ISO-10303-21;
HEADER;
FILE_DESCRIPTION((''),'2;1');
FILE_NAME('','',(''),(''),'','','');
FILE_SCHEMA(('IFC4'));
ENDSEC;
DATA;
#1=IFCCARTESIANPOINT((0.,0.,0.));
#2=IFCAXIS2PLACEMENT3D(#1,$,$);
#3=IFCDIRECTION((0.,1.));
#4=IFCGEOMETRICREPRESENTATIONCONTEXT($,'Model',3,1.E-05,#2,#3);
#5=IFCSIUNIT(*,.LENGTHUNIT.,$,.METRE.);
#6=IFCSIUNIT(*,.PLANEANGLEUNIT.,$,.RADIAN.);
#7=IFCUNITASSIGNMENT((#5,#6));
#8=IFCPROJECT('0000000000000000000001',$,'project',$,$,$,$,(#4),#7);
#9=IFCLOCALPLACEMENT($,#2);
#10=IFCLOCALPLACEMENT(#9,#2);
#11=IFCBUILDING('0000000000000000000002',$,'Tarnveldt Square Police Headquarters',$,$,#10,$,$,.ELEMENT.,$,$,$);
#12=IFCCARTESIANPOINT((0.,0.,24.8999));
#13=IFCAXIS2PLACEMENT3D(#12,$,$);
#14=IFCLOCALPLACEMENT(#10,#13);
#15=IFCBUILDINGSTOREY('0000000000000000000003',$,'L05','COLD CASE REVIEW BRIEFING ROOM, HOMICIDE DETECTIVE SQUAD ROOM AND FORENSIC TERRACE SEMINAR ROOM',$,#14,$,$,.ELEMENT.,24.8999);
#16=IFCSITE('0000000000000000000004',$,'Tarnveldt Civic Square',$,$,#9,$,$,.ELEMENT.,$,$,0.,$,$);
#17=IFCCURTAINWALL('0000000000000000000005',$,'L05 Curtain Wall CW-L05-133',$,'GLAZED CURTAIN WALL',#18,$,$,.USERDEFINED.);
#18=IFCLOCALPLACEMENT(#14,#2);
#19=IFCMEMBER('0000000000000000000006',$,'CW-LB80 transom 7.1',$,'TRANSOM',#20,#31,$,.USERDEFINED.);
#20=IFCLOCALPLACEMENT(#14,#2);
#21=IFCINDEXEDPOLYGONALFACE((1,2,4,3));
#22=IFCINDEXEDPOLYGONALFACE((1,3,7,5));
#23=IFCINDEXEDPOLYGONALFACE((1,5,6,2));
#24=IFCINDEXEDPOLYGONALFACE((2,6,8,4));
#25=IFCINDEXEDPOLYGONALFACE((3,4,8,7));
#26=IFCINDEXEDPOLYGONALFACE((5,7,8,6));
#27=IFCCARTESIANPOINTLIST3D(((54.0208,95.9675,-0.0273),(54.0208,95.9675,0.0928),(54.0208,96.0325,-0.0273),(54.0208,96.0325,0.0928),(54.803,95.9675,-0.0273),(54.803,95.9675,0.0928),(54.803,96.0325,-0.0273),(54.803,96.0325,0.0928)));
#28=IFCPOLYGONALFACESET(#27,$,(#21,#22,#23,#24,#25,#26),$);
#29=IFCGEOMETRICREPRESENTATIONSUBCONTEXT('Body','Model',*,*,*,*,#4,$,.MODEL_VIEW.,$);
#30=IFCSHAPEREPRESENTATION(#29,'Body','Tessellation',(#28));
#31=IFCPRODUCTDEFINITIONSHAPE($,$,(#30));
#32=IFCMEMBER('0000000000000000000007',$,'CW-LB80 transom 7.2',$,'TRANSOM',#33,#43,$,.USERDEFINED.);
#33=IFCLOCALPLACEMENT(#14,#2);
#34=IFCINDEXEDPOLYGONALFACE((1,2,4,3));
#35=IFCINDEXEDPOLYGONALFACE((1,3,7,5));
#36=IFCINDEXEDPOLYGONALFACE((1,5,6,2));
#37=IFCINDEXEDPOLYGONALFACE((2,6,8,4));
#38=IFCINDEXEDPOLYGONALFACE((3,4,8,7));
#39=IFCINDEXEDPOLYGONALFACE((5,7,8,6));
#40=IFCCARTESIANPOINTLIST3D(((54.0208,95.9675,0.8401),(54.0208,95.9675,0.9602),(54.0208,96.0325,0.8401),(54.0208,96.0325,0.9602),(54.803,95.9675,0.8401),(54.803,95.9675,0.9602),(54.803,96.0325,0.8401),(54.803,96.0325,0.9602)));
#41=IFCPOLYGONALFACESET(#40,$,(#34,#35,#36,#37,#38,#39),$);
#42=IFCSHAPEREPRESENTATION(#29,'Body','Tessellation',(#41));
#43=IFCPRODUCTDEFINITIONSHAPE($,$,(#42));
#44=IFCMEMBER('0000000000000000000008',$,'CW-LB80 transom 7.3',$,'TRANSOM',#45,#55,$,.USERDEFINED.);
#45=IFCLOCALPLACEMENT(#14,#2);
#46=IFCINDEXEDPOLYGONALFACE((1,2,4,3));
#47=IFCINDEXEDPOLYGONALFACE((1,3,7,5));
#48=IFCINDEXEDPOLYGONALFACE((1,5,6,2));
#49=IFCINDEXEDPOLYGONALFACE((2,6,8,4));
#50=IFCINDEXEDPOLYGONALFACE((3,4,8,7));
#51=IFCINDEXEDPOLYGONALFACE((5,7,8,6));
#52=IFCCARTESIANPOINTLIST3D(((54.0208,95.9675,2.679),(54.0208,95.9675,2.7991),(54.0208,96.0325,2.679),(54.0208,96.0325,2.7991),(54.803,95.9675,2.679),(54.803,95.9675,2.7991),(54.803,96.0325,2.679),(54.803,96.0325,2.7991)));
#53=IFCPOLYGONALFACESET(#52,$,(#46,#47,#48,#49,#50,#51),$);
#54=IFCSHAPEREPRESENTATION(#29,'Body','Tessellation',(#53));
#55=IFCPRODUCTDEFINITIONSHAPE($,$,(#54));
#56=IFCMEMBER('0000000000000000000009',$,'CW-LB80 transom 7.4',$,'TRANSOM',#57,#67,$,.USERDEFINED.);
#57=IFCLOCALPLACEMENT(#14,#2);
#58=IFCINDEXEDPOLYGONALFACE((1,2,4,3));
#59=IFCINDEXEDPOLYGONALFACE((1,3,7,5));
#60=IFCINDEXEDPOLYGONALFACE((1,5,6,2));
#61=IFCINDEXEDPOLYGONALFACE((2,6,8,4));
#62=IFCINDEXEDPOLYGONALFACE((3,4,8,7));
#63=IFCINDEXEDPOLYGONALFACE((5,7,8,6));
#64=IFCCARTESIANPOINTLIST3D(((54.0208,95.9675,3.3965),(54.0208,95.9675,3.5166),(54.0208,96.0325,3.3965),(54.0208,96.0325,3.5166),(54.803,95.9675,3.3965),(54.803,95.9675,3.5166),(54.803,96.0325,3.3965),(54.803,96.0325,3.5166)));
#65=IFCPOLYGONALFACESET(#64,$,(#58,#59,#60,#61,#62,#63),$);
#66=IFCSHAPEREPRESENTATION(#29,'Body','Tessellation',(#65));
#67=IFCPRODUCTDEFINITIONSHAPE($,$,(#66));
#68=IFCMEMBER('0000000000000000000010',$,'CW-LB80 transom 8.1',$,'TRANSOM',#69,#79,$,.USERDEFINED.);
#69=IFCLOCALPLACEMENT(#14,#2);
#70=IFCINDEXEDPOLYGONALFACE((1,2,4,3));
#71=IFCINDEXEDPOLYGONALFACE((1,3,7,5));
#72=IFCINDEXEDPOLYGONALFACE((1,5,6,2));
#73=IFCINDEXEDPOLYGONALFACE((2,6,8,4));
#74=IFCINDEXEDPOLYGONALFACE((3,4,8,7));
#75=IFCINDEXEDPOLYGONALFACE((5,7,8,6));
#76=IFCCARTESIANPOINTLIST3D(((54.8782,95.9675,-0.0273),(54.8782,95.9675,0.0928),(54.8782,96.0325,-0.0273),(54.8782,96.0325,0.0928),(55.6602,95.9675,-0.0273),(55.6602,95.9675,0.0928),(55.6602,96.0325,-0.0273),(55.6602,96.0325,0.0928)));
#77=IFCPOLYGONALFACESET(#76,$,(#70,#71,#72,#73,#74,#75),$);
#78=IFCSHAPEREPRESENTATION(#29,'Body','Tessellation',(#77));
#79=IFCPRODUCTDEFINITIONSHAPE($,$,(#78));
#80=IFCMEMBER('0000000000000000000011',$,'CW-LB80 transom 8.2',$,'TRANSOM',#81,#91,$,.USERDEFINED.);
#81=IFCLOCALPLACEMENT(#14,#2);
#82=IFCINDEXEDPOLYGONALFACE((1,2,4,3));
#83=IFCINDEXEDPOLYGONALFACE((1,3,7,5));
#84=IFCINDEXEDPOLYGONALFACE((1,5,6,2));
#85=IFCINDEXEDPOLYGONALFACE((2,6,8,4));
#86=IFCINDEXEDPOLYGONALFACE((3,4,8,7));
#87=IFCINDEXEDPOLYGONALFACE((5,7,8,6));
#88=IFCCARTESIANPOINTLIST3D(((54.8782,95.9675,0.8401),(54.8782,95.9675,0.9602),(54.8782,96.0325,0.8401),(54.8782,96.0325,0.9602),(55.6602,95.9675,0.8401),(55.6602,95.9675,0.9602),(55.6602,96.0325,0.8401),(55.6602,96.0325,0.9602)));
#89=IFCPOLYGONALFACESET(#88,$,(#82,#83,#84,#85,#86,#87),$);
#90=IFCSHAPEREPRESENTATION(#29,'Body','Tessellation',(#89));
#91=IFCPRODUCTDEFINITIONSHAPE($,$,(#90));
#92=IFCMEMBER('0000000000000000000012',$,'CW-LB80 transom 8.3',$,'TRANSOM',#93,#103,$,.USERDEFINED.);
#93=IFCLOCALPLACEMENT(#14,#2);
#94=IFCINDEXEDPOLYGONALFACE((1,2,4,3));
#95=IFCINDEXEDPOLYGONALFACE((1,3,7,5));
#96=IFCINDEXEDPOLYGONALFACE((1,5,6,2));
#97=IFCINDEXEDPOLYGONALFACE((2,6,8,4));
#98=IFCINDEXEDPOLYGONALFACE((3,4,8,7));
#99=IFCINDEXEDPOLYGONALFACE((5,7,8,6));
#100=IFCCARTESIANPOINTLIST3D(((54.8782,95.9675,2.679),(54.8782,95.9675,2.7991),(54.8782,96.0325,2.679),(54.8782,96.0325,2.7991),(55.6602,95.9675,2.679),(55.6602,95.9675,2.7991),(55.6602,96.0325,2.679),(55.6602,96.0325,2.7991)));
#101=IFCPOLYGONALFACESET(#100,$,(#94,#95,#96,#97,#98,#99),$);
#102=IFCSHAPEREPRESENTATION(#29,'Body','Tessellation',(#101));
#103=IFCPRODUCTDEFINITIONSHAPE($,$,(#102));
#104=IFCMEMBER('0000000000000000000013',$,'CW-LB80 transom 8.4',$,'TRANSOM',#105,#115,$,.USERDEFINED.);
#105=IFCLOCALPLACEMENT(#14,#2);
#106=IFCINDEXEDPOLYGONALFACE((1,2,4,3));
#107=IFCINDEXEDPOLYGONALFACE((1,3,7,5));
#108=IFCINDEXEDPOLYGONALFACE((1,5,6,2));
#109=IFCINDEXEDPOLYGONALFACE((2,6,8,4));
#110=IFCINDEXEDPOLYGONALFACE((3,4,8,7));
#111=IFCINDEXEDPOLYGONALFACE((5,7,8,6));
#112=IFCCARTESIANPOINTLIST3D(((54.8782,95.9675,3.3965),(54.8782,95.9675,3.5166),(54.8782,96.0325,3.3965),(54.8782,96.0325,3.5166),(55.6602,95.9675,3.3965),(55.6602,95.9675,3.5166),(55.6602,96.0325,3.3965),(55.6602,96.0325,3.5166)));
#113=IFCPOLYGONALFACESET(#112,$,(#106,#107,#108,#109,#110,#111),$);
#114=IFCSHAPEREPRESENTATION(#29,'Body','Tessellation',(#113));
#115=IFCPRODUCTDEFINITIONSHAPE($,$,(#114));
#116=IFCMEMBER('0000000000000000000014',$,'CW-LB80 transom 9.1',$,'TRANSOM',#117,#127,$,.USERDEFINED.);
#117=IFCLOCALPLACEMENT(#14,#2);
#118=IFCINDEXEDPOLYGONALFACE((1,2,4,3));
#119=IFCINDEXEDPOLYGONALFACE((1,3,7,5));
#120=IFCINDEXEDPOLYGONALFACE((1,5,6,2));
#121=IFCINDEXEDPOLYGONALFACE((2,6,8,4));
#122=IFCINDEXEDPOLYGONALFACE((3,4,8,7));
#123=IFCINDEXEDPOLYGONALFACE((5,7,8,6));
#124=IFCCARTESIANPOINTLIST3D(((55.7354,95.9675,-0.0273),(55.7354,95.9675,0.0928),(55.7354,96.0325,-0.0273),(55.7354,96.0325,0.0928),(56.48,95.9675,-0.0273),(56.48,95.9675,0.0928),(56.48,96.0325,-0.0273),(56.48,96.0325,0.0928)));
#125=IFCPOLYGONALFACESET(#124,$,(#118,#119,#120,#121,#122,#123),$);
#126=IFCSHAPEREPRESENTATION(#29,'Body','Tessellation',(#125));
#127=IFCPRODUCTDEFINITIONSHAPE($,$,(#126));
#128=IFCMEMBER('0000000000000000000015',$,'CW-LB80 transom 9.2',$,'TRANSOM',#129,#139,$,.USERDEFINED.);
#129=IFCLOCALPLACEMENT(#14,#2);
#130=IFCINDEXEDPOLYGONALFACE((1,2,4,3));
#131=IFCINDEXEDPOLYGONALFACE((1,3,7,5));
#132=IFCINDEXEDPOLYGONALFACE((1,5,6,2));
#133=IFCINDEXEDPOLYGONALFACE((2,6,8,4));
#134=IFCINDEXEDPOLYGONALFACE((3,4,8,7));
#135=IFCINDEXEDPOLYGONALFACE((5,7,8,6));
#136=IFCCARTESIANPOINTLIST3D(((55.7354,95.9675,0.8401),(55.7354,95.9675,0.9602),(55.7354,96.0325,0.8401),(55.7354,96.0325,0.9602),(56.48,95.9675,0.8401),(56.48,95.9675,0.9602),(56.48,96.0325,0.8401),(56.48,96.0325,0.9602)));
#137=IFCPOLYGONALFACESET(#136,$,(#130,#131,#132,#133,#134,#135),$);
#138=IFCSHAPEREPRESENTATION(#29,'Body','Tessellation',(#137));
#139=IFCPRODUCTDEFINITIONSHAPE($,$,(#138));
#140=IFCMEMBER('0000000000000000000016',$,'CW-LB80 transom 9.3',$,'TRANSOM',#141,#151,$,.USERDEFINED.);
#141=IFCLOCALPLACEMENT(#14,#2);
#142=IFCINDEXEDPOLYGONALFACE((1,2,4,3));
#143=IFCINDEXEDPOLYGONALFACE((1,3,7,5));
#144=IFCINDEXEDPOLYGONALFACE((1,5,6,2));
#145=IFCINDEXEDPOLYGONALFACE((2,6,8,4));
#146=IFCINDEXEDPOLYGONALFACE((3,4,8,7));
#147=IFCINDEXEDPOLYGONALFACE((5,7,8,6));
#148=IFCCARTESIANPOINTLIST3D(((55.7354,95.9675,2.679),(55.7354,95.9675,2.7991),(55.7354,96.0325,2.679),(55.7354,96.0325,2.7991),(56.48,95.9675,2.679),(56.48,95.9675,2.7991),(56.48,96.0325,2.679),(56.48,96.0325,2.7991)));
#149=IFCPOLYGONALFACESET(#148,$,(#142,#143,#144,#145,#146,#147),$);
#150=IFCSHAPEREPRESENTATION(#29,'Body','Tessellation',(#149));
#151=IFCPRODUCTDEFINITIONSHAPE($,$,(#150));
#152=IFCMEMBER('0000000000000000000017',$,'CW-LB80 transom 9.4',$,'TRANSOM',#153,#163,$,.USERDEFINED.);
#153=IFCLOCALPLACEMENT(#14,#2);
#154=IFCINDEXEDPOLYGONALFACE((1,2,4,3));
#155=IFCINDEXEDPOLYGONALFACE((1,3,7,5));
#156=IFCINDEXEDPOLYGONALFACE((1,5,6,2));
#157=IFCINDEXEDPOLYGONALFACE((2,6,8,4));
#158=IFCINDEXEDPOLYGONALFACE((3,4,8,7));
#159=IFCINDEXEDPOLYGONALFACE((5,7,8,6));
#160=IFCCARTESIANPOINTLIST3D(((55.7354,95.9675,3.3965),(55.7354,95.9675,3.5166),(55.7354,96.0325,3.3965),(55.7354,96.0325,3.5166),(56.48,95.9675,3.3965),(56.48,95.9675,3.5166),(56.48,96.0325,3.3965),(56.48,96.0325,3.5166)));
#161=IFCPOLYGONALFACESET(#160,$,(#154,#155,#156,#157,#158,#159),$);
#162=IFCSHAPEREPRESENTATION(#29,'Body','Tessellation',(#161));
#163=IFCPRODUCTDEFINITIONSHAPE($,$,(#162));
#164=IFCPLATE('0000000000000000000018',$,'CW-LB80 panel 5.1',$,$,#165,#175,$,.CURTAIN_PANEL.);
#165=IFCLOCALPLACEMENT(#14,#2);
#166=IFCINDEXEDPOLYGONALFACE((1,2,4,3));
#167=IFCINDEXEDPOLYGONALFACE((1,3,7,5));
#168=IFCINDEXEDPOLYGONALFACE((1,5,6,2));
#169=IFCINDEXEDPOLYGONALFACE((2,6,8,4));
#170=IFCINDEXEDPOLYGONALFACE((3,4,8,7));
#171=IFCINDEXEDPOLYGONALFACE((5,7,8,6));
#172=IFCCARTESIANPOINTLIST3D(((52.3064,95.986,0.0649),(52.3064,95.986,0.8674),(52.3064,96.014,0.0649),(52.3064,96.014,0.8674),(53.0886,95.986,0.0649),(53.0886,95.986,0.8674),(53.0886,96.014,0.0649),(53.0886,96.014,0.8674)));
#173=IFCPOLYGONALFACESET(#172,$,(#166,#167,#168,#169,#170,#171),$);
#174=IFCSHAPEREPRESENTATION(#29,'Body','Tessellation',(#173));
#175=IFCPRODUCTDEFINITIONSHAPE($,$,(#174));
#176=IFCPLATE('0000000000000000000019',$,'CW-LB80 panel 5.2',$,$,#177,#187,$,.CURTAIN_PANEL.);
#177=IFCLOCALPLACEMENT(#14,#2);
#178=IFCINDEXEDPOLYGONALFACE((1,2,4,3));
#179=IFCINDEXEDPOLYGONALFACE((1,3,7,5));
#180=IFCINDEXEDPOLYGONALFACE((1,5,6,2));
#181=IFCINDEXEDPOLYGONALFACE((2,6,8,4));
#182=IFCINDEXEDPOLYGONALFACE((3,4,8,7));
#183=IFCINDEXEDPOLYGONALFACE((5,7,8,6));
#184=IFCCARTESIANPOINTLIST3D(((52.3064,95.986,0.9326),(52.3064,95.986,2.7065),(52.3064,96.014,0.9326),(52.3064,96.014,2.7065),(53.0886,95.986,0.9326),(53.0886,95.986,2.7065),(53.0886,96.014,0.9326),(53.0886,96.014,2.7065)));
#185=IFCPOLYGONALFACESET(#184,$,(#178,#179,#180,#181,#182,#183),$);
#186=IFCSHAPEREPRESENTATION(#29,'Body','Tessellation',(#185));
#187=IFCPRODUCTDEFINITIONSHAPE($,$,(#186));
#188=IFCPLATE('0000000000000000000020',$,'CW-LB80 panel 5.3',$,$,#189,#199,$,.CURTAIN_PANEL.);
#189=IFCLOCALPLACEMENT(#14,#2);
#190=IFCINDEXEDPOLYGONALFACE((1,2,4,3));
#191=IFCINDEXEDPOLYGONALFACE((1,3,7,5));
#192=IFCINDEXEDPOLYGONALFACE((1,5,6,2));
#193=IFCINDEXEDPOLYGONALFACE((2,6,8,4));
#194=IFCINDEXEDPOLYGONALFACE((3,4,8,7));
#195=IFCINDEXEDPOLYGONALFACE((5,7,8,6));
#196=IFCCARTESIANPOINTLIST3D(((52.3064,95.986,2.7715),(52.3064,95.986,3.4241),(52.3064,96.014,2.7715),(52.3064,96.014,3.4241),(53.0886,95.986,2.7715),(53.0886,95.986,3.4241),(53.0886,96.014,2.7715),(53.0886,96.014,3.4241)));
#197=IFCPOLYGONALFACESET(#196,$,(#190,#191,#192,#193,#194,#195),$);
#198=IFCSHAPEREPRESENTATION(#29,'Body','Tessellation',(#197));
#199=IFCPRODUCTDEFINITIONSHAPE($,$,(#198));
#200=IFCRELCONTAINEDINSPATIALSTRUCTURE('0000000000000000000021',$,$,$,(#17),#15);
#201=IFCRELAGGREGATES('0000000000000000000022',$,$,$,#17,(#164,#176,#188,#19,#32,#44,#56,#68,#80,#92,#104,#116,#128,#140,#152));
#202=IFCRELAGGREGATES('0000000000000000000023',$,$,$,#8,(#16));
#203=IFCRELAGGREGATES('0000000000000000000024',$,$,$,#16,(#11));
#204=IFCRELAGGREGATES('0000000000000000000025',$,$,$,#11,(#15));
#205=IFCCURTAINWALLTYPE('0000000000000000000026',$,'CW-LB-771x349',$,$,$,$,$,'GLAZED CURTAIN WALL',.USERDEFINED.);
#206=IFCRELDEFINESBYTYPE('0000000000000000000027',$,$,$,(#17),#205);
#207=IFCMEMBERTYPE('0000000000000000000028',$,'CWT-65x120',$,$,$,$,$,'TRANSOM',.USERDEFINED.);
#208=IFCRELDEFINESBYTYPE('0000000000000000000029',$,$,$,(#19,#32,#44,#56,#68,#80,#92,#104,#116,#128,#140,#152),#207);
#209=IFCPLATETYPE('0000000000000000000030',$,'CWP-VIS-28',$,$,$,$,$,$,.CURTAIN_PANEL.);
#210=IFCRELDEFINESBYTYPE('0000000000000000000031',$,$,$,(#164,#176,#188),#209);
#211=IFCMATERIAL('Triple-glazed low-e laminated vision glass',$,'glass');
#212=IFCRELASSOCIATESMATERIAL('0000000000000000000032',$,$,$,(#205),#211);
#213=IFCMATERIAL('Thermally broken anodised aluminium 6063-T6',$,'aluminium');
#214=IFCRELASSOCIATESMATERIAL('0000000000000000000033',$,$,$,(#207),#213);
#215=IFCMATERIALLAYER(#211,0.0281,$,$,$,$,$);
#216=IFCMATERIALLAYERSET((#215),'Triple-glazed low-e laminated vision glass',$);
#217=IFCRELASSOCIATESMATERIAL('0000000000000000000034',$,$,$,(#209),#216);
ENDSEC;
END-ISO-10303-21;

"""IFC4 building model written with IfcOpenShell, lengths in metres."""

from ifc_helpers import new_model, si_unit, direction, frame, origin, origin_2d, place, context, subcontext, project, spatial, rectangle, extrude, material, layer, layer_set, material_profile, profile_set, type_object, element, aggregate, save


model = new_model("IFC4")

# Units and contexts
model_context = context("Model", 3, precision=1e-05, world=origin(), true_north=direction((0.0, 1.0)))
body_context = subcontext(model_context, "Body", "Model", "MODEL_VIEW")
ifc_project = project(units=[si_unit("LENGTHUNIT", "METRE"), si_unit("PLANEANGLEUNIT", "RADIAN")], contexts=[model_context])

# Site, building, storey
site_placement = place(None, origin())
site = spatial("IfcSite", under=ifc_project, at=site_placement, Name="Tarnveldt Civic Square", CompositionType="ELEMENT", RefElevation=0.0)
building_placement = place(site_placement, origin())
building = spatial("IfcBuilding", under=site, at=building_placement, Name="Tarnveldt Square Police Headquarters", CompositionType="ELEMENT")
storey_placement = place(building_placement, frame((0.0, 0.0, 24.8999)))
storey = spatial("IfcBuildingStorey", under=building, at=storey_placement, Name="L05", Description="COLD CASE REVIEW BRIEFING ROOM, HOMICIDE DETECTIVE SQUAD ROOM AND FORENSIC TERRACE SEMINAR ROOM", CompositionType="ELEMENT", Elevation=24.8999)

# Curtain wall, members, plates
ifc_material_1 = material(Name="Triple-glazed low-e laminated vision glass", Category="glass")
curtain_wall_type = type_object("IfcCurtainWallType", Name="CW-LB-771x349", ElementType="GLAZED CURTAIN WALL", PredefinedType="USERDEFINED", material=ifc_material_1)
curtain_wall_placement = place(storey_placement, origin())
curtain_wall = element("IfcCurtainWall", 1, at=curtain_wall_placement, inside=storey, type_object=curtain_wall_type, Name="L05 Curtain Wall CW-L05-133", ObjectType="GLAZED CURTAIN WALL", PredefinedType="USERDEFINED")
ifc_material_2 = material(Name="Thermally broken anodised aluminium 6063-T6", Category="aluminium")
ifc_material_profile_1 = material_profile(ifc_material_2, rectangle(XDim=0.0649, YDim=0.1201, at=origin_2d()), Name="CW-T65x120")
ifc_profile_set_1 = profile_set([ifc_material_profile_1], Name="Thermally broken anodised aluminium 6063-T6")
member_type_1 = type_object("IfcMemberType", Name="CWT-65x120", ElementType="TRANSOM", PredefinedType="USERDEFINED", material=ifc_profile_set_1)
member_1_placement = place(storey_placement, frame((54.0208, 96.0, 0.0327), z_axis=(1.0, 0.0, 0.0), x_axis=(0.0, 1.0, 0.0)))
member_1 = element("IfcMember", 2, at=member_1_placement, type_object=member_type_1, Name="CW-LB80 transom 7.1", ObjectType="TRANSOM", PredefinedType="USERDEFINED", context=body_context, shape_type="SweptSolid", body=[
    extrude(rectangle(XDim=0.0649, YDim=0.1201, at=origin_2d()), origin(), (0.0, 0.0, 1.0), 0.7822),
])
member_2_placement = place(storey_placement, frame((54.0208, 96.0, 0.9001), z_axis=(1.0, 0.0, 0.0), x_axis=(0.0, 1.0, 0.0)))
member_2 = element("IfcMember", 3, at=member_2_placement, type_object=member_type_1, Name="CW-LB80 transom 7.2", ObjectType="TRANSOM", PredefinedType="USERDEFINED", context=body_context, shape_type="SweptSolid", body=[
    extrude(rectangle(XDim=0.0649, YDim=0.1201, at=origin_2d()), origin(), (0.0, 0.0, 1.0), 0.7822),
])
member_3_placement = place(storey_placement, frame((54.0208, 96.0, 2.739), z_axis=(1.0, 0.0, 0.0), x_axis=(0.0, 1.0, 0.0)))
member_3 = element("IfcMember", 4, at=member_3_placement, type_object=member_type_1, Name="CW-LB80 transom 7.3", ObjectType="TRANSOM", PredefinedType="USERDEFINED", context=body_context, shape_type="SweptSolid", body=[
    extrude(rectangle(XDim=0.0649, YDim=0.1201, at=origin_2d()), origin(), (0.0, 0.0, 1.0), 0.7822),
])
member_4_placement = place(storey_placement, frame((54.0208, 96.0, 3.4565), z_axis=(1.0, 0.0, 0.0), x_axis=(0.0, 1.0, 0.0)))
member_4 = element("IfcMember", 5, at=member_4_placement, type_object=member_type_1, Name="CW-LB80 transom 7.4", ObjectType="TRANSOM", PredefinedType="USERDEFINED", context=body_context, shape_type="SweptSolid", body=[
    extrude(rectangle(XDim=0.0649, YDim=0.1201, at=origin_2d()), origin(), (0.0, 0.0, 1.0), 0.7822),
])
member_5_placement = place(storey_placement, frame((54.8782, 96.0, 0.0327), z_axis=(1.0, 0.0, 0.0), x_axis=(0.0, 1.0, 0.0)))
member_5 = element("IfcMember", 6, at=member_5_placement, type_object=member_type_1, Name="CW-LB80 transom 8.1", ObjectType="TRANSOM", PredefinedType="USERDEFINED", context=body_context, shape_type="SweptSolid", body=[
    extrude(rectangle(XDim=0.0649, YDim=0.1201, at=origin_2d()), origin(), (0.0, 0.0, 1.0), 0.782),
])
member_6_placement = place(storey_placement, frame((54.8782, 96.0, 0.9001), z_axis=(1.0, 0.0, 0.0), x_axis=(0.0, 1.0, 0.0)))
member_6 = element("IfcMember", 7, at=member_6_placement, type_object=member_type_1, Name="CW-LB80 transom 8.2", ObjectType="TRANSOM", PredefinedType="USERDEFINED", context=body_context, shape_type="SweptSolid", body=[
    extrude(rectangle(XDim=0.0649, YDim=0.1201, at=origin_2d()), origin(), (0.0, 0.0, 1.0), 0.782),
])
member_7_placement = place(storey_placement, frame((54.8782, 96.0, 2.739), z_axis=(1.0, 0.0, 0.0), x_axis=(0.0, 1.0, 0.0)))
member_7 = element("IfcMember", 8, at=member_7_placement, type_object=member_type_1, Name="CW-LB80 transom 8.3", ObjectType="TRANSOM", PredefinedType="USERDEFINED", context=body_context, shape_type="SweptSolid", body=[
    extrude(rectangle(XDim=0.0649, YDim=0.1201, at=origin_2d()), origin(), (0.0, 0.0, 1.0), 0.782),
])
member_8_placement = place(storey_placement, frame((54.8782, 96.0, 3.4565), z_axis=(1.0, 0.0, 0.0), x_axis=(0.0, 1.0, 0.0)))
member_8 = element("IfcMember", 9, at=member_8_placement, type_object=member_type_1, Name="CW-LB80 transom 8.4", ObjectType="TRANSOM", PredefinedType="USERDEFINED", context=body_context, shape_type="SweptSolid", body=[
    extrude(rectangle(XDim=0.0649, YDim=0.1201, at=origin_2d()), origin(), (0.0, 0.0, 1.0), 0.782),
])
member_9_placement = place(storey_placement, frame((55.7354, 96.0, 0.0327), z_axis=(1.0, 0.0, 0.0), x_axis=(0.0, 1.0, 0.0)))
member_9 = element("IfcMember", 10, at=member_9_placement, type_object=member_type_1, Name="CW-LB80 transom 9.1", ObjectType="TRANSOM", PredefinedType="USERDEFINED", context=body_context, shape_type="SweptSolid", body=[
    extrude(rectangle(XDim=0.0649, YDim=0.1201, at=origin_2d()), origin(), (0.0, 0.0, 1.0), 0.7446),
])
member_10_placement = place(storey_placement, frame((55.7354, 96.0, 0.9001), z_axis=(1.0, 0.0, 0.0), x_axis=(0.0, 1.0, 0.0)))
member_10 = element("IfcMember", 11, at=member_10_placement, type_object=member_type_1, Name="CW-LB80 transom 9.2", ObjectType="TRANSOM", PredefinedType="USERDEFINED", context=body_context, shape_type="SweptSolid", body=[
    extrude(rectangle(XDim=0.0649, YDim=0.1201, at=origin_2d()), origin(), (0.0, 0.0, 1.0), 0.7446),
])
member_11_placement = place(storey_placement, frame((55.7354, 96.0, 2.739), z_axis=(1.0, 0.0, 0.0), x_axis=(0.0, 1.0, 0.0)))
member_11 = element("IfcMember", 12, at=member_11_placement, type_object=member_type_1, Name="CW-LB80 transom 9.3", ObjectType="TRANSOM", PredefinedType="USERDEFINED", context=body_context, shape_type="SweptSolid", body=[
    extrude(rectangle(XDim=0.0649, YDim=0.1201, at=origin_2d()), origin(), (0.0, 0.0, 1.0), 0.7446),
])
member_12_placement = place(storey_placement, frame((55.7354, 96.0, 3.4565), z_axis=(1.0, 0.0, 0.0), x_axis=(0.0, 1.0, 0.0)))
member_12 = element("IfcMember", 13, at=member_12_placement, type_object=member_type_1, Name="CW-LB80 transom 9.4", ObjectType="TRANSOM", PredefinedType="USERDEFINED", context=body_context, shape_type="SweptSolid", body=[
    extrude(rectangle(XDim=0.0649, YDim=0.1201, at=origin_2d()), origin(), (0.0, 0.0, 1.0), 0.7446),
])
ifc_layer = layer(ifc_material_1, 0.0281)
ifc_layer_set = layer_set([ifc_layer], Name="Triple-glazed low-e laminated vision glass")
plate_type = type_object("IfcPlateType", Name="CWP-VIS-28", PredefinedType="CURTAIN_PANEL", material=ifc_layer_set)
plate_1_placement = place(storey_placement, frame((52.6975, 96.0, 0.0649), z_axis=(0.0, 0.0, 1.0), x_axis=(1.0, 0.0, 0.0)))
plate_1 = element("IfcPlate", 14, at=plate_1_placement, type_object=plate_type, Name="CW-LB80 panel 5.1", PredefinedType="CURTAIN_PANEL", context=body_context, shape_type="SweptSolid", body=[
    extrude(rectangle(XDim=0.7822, YDim=0.0281, at=origin_2d()), origin(), (0.0, 0.0, 1.0), 0.8025),
])
plate_2_placement = place(storey_placement, frame((52.6975, 96.0, 0.9326), z_axis=(0.0, 0.0, 1.0), x_axis=(1.0, 0.0, 0.0)))
plate_2 = element("IfcPlate", 15, at=plate_2_placement, type_object=plate_type, Name="CW-LB80 panel 5.2", PredefinedType="CURTAIN_PANEL", context=body_context, shape_type="SweptSolid", body=[
    extrude(rectangle(XDim=0.7822, YDim=0.0281, at=origin_2d()), origin(), (0.0, 0.0, 1.0), 1.7739),
])
plate_3_placement = place(storey_placement, frame((52.6975, 96.0, 2.7715), z_axis=(0.0, 0.0, 1.0), x_axis=(1.0, 0.0, 0.0)))
plate_3 = element("IfcPlate", 16, at=plate_3_placement, type_object=plate_type, Name="CW-LB80 panel 5.3", PredefinedType="CURTAIN_PANEL", context=body_context, shape_type="SweptSolid", body=[
    extrude(rectangle(XDim=0.7822, YDim=0.0281, at=origin_2d()), origin(), (0.0, 0.0, 1.0), 0.6526),
])
aggregate(curtain_wall, [plate_1, plate_2, plate_3, member_1, member_2, member_3, member_4, member_5, member_6, member_7, member_8, member_9, member_10, member_11, member_12])

save(model, "model.ifc")
